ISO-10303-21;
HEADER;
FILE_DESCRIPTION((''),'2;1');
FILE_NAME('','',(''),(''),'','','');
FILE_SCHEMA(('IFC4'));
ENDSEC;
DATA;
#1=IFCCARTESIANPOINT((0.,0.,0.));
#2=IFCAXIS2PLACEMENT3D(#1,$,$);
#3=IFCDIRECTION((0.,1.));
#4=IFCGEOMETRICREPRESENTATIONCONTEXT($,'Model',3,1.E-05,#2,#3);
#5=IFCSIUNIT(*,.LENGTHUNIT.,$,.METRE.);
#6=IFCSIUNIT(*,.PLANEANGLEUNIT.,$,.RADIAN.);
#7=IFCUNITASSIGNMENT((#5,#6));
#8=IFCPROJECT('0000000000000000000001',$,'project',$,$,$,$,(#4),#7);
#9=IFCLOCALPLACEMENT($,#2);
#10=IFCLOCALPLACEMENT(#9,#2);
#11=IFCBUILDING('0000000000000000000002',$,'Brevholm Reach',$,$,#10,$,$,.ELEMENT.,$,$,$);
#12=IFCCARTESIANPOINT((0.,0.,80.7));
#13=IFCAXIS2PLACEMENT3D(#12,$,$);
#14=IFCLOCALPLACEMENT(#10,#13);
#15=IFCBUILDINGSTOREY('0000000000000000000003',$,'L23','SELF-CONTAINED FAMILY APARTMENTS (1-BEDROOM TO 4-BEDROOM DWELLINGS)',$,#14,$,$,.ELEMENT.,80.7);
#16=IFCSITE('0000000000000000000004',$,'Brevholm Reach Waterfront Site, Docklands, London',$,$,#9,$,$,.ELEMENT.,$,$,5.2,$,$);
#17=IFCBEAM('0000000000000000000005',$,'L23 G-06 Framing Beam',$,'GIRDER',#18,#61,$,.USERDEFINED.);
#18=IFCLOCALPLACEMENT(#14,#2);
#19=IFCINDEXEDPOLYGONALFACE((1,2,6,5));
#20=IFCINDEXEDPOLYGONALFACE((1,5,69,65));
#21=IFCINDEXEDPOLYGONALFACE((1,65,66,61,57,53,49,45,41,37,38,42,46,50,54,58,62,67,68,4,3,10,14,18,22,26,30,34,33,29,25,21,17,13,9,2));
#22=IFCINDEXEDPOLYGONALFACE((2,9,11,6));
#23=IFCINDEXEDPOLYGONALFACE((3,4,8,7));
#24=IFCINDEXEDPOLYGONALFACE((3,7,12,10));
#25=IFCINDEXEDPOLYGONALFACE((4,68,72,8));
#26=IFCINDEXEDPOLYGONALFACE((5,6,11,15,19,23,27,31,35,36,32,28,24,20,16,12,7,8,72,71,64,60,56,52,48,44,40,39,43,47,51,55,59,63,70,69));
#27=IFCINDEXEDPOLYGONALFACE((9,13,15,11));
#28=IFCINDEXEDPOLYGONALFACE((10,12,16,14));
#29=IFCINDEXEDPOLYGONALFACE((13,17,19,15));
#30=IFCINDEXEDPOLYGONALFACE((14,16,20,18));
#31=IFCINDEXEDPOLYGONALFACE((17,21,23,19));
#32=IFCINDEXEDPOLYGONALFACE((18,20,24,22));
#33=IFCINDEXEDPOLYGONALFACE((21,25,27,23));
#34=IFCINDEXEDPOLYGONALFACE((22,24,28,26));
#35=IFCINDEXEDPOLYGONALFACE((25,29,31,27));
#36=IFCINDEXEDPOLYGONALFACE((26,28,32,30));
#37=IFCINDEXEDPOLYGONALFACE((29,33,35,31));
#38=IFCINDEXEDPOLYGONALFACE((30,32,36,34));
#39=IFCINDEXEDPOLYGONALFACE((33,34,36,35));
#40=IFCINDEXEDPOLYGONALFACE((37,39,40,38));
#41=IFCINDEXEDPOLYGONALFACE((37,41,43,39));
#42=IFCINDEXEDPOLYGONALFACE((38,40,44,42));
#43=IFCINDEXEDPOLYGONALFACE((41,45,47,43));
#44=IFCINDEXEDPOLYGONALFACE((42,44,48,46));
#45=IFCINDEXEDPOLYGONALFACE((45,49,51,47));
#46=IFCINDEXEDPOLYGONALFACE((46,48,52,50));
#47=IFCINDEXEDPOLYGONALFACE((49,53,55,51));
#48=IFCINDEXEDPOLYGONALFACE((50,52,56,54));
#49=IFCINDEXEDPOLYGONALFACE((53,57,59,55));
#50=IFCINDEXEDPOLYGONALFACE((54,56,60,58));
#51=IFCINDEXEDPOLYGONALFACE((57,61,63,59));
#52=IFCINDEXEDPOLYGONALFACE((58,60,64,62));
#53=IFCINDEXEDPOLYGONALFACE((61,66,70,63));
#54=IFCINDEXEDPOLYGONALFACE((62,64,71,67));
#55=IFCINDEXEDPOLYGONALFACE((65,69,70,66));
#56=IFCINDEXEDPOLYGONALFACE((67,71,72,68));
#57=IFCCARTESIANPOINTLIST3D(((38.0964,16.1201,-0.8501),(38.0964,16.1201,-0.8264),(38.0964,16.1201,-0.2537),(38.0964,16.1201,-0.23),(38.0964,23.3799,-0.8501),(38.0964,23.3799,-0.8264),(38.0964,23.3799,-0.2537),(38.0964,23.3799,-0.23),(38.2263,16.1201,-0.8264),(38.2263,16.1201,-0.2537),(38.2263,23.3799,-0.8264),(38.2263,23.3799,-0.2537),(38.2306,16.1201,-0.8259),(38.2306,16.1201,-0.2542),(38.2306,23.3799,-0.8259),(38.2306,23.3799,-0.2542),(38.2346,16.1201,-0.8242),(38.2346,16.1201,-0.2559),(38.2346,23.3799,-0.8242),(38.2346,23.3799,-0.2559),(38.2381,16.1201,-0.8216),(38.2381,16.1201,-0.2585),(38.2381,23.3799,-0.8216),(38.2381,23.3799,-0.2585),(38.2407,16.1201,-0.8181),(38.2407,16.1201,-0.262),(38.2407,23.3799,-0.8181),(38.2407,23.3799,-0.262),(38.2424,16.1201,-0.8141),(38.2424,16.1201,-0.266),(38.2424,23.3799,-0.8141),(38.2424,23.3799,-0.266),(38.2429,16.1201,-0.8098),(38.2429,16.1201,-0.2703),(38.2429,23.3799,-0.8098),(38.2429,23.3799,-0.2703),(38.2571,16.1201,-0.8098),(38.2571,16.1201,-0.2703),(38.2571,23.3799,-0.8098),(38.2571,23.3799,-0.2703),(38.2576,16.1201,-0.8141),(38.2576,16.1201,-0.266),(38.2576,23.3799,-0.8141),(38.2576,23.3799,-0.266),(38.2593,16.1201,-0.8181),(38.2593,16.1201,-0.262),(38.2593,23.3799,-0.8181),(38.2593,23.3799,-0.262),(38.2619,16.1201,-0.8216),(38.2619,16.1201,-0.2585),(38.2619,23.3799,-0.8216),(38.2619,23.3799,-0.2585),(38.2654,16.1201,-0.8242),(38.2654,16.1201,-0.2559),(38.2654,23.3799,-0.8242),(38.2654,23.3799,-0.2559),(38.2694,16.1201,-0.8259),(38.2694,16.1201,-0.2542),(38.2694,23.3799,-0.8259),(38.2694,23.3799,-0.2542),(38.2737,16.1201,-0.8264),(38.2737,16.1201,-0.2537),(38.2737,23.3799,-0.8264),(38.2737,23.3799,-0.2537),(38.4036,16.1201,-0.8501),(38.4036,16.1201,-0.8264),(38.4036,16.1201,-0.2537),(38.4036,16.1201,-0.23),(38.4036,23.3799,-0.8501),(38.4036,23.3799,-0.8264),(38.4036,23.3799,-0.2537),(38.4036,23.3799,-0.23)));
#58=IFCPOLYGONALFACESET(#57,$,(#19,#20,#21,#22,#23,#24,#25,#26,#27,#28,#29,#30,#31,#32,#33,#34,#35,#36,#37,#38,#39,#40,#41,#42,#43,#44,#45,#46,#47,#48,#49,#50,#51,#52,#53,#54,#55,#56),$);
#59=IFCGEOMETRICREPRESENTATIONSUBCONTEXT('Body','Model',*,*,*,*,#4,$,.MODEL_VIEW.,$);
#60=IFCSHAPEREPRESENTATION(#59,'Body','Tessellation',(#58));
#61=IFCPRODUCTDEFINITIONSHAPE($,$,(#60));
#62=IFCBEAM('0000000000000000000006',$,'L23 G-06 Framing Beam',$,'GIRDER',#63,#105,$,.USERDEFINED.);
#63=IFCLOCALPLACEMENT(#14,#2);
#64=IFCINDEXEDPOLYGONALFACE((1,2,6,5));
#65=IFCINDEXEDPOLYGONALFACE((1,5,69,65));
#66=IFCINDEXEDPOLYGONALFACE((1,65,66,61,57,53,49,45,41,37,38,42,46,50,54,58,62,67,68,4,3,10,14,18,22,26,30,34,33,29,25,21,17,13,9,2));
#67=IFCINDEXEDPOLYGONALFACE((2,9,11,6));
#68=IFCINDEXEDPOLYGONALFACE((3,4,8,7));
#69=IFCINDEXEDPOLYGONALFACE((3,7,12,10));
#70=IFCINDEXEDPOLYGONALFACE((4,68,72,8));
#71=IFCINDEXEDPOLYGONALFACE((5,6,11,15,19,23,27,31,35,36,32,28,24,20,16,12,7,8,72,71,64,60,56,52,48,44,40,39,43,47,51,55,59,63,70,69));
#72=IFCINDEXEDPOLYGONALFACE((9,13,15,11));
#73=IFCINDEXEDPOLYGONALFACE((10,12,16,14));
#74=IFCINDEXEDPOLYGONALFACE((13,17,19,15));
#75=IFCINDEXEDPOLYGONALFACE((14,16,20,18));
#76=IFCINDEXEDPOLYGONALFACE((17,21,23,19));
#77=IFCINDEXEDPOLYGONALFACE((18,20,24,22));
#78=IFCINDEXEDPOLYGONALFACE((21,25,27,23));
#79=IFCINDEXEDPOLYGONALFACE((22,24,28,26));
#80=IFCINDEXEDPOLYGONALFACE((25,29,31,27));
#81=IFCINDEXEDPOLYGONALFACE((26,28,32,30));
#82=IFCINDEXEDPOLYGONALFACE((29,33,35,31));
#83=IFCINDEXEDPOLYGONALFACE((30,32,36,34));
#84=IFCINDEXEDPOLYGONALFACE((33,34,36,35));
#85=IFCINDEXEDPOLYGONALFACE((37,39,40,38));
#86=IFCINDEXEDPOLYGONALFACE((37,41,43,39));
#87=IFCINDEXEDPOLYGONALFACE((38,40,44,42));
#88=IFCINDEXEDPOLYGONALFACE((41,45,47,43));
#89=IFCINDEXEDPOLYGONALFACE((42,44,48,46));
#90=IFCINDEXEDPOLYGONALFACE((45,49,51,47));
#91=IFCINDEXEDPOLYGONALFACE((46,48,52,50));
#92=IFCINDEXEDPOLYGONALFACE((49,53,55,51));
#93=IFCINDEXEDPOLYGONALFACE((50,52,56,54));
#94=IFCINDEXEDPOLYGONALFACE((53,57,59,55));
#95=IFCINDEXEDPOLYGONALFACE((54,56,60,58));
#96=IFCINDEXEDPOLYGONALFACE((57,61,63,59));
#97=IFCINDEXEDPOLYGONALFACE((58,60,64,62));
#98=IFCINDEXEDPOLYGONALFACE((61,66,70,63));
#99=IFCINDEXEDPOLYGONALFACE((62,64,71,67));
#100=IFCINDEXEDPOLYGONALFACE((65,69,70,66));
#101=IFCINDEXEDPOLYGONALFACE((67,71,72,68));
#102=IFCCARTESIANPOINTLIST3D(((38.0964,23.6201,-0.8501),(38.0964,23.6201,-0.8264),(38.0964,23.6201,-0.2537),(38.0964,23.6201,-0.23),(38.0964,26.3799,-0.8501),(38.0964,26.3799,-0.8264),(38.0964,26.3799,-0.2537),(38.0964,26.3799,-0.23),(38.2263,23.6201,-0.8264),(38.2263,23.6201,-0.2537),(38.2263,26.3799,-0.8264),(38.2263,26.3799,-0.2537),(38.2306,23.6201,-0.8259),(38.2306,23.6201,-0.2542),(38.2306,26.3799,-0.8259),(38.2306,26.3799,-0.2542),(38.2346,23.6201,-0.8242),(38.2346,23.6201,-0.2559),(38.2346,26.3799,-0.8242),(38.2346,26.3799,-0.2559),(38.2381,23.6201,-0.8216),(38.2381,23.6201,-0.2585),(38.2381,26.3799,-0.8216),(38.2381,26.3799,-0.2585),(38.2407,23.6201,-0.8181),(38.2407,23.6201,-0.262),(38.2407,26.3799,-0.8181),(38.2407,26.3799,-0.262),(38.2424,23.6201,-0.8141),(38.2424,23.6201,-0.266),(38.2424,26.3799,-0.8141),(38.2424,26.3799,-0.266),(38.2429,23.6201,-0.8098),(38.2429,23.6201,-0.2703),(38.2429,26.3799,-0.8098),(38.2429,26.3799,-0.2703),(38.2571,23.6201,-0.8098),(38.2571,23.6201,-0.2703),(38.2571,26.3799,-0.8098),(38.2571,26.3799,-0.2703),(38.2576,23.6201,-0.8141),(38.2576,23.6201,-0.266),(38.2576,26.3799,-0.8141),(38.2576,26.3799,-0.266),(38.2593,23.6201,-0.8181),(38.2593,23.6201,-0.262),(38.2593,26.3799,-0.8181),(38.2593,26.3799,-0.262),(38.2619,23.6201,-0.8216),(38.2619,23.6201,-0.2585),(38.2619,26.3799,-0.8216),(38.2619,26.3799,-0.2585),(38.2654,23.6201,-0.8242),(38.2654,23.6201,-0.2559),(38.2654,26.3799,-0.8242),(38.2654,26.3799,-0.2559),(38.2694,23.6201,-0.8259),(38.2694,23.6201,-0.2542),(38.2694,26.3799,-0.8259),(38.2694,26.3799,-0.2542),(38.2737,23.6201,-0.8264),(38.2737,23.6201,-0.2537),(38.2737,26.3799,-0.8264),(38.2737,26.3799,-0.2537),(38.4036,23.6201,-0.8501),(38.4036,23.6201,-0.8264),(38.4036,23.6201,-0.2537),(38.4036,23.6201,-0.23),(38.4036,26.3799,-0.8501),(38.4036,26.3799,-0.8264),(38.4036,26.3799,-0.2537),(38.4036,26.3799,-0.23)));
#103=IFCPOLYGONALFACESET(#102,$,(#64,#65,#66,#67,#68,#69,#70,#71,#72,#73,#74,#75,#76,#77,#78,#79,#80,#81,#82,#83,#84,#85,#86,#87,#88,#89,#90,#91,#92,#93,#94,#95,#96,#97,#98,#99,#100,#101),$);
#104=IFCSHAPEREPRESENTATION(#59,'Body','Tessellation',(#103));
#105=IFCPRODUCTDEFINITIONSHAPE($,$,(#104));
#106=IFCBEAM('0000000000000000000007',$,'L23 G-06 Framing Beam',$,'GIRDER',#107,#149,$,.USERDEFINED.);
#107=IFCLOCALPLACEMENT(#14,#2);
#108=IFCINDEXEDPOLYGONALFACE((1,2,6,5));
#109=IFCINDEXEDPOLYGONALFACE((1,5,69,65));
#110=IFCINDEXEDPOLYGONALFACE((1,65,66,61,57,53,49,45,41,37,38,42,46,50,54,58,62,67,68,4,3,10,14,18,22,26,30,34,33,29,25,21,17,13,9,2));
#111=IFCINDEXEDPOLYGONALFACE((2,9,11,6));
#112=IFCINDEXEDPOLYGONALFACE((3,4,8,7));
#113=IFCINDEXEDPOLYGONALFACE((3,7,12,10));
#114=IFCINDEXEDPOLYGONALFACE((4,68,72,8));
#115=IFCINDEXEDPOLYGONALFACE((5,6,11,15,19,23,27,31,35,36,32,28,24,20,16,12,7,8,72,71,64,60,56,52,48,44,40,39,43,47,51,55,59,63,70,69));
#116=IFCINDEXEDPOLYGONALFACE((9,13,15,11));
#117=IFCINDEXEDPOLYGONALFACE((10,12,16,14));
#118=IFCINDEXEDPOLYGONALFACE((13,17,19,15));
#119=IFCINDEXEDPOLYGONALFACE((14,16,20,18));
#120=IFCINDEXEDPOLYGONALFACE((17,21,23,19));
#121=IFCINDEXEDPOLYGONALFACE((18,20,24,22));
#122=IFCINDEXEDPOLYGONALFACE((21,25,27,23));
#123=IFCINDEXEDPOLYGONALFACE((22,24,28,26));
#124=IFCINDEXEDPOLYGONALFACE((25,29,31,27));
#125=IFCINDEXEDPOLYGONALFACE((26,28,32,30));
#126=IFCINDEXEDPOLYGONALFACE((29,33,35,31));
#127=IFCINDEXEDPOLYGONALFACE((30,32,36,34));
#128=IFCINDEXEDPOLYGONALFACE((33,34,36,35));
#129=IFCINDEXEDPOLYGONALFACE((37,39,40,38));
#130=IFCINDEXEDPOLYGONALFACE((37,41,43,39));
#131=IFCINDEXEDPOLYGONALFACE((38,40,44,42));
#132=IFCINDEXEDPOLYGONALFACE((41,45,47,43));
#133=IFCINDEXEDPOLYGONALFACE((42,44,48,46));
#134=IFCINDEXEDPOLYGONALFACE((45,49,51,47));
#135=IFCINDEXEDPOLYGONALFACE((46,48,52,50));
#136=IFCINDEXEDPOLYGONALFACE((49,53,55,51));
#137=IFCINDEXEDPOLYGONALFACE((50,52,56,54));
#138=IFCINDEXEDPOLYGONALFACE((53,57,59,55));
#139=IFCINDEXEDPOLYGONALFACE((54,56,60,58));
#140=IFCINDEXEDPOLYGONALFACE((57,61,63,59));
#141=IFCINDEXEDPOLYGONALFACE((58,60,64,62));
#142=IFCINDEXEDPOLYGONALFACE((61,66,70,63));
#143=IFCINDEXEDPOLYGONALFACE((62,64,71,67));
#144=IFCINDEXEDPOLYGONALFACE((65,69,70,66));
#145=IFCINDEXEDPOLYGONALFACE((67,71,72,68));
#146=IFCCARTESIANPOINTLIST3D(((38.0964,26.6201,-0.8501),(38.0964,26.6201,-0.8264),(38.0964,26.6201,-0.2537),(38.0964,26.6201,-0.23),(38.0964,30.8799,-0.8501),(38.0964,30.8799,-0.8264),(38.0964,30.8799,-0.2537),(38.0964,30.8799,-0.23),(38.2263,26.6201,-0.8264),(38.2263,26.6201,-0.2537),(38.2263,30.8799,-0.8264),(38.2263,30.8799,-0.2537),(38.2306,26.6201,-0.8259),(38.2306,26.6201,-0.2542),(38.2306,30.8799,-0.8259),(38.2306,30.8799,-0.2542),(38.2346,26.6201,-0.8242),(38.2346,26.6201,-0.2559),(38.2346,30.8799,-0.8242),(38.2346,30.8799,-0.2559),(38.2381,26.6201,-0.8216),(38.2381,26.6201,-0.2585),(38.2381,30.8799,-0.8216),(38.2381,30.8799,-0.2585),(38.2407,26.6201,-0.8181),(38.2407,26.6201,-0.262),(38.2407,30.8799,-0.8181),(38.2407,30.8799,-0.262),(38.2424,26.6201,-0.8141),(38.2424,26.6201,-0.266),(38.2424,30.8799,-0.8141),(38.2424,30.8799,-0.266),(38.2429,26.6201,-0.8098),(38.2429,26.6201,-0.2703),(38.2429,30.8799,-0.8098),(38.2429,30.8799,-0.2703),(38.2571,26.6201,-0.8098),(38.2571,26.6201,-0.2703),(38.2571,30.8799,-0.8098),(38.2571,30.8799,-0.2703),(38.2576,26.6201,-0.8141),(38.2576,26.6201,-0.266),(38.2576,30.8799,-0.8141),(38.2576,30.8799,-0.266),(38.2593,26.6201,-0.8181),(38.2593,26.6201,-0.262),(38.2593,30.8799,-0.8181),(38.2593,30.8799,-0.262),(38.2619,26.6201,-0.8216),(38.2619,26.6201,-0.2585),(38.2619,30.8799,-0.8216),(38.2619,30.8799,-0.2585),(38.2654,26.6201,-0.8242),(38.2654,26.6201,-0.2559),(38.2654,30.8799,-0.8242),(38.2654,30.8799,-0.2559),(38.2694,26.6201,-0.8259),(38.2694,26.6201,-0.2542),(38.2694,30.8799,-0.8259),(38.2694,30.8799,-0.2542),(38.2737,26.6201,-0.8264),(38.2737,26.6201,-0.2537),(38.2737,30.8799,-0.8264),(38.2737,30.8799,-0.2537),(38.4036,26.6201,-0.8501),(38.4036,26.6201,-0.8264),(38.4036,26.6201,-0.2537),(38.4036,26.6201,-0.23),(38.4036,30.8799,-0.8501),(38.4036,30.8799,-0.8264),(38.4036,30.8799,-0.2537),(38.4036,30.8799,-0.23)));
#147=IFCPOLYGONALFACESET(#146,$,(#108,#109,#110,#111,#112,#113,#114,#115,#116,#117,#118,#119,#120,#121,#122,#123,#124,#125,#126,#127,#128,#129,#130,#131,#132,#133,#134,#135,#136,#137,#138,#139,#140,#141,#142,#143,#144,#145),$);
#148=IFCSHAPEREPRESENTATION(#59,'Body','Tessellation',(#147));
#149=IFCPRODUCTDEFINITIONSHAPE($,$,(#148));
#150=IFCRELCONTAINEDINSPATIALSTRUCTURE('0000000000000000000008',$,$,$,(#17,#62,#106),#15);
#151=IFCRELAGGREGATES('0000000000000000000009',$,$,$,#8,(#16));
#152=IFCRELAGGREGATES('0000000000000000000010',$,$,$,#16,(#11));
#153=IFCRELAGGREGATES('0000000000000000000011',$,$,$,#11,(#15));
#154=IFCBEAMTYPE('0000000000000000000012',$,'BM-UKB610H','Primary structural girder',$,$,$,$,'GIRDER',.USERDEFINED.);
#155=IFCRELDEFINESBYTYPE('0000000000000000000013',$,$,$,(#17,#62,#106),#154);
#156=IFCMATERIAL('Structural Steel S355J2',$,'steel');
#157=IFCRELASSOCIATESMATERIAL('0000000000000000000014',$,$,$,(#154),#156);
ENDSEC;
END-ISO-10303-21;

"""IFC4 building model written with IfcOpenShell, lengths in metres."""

from ifc_helpers import new_model, si_unit, direction, frame, origin, origin_2d, place, context, subcontext, project, spatial, i_section, extrude, material, material_profile, profile_set, type_object, element, save


model = new_model("IFC4")

# Units and contexts
model_context = context("Model", 3, precision=1e-05, world=origin(), true_north=direction((0.0, 1.0)))
body_context = subcontext(model_context, "Body", "Model", "MODEL_VIEW")
ifc_project = project(units=[si_unit("LENGTHUNIT", "METRE"), si_unit("PLANEANGLEUNIT", "RADIAN")], contexts=[model_context])

# Site, building, storey
site_placement = place(None, origin())
site = spatial("IfcSite", under=ifc_project, at=site_placement, Name="Brevholm Reach Waterfront Site, Docklands, London", CompositionType="ELEMENT", RefElevation=5.2)
building_placement = place(site_placement, origin())
building = spatial("IfcBuilding", under=site, at=building_placement, Name="Brevholm Reach", CompositionType="ELEMENT")
storey_placement = place(building_placement, frame((0.0, 0.0, 80.7)))
storey = spatial("IfcBuildingStorey", under=building, at=storey_placement, Name="L23", Description="SELF-CONTAINED FAMILY APARTMENTS (1-BEDROOM TO 4-BEDROOM DWELLINGS)", CompositionType="ELEMENT", Elevation=80.7)

# Beams
ifc_material_1 = material(Name="Structural Steel S355J2", Category="steel")
ifc_material_profile_1 = material_profile(ifc_material_1, i_section(OverallWidth=0.3071, OverallDepth=0.6201, WebThickness=0.0142, FlangeThickness=0.0237, FilletRadius=0.0166, at=origin_2d()), Name="UKB 610x305x179")
ifc_profile_set_1 = profile_set([ifc_material_profile_1], Name="Structural Steel S355J2")
beam_type_1 = type_object("IfcBeamType", Name="BM-UKB610H", Description="Primary structural girder", ElementType="GIRDER", PredefinedType="USERDEFINED", material=ifc_profile_set_1)
beam_1_placement = place(storey_placement, frame((38.25, 16.1201, -0.54), z_axis=(0.0, 1.0, 0.0), x_axis=(-1.0, 0.0, 0.0)))
element("IfcBeam", 1, at=beam_1_placement, inside=storey, type_object=beam_type_1, Name="L23 G-06 Framing Beam", ObjectType="GIRDER", PredefinedType="USERDEFINED", context=body_context, shape_type="SweptSolid", body=[
    extrude(i_section(OverallWidth=0.3071, OverallDepth=0.6201, WebThickness=0.0142, FlangeThickness=0.0237, FilletRadius=0.0166, at=origin_2d()), origin(), (0.0, 0.0, 1.0), 7.2598),
])
beam_2_placement = place(storey_placement, frame((38.25, 23.6201, -0.54), z_axis=(0.0, 1.0, 0.0), x_axis=(-1.0, 0.0, 0.0)))
element("IfcBeam", 2, at=beam_2_placement, inside=storey, type_object=beam_type_1, Name="L23 G-06 Framing Beam", ObjectType="GIRDER", PredefinedType="USERDEFINED", context=body_context, shape_type="SweptSolid", body=[
    extrude(i_section(OverallWidth=0.3071, OverallDepth=0.6201, WebThickness=0.0142, FlangeThickness=0.0237, FilletRadius=0.0166, at=origin_2d()), origin(), (0.0, 0.0, 1.0), 2.7598),
])
beam_3_placement = place(storey_placement, frame((38.25, 26.6201, -0.54), z_axis=(0.0, 1.0, 0.0), x_axis=(-1.0, 0.0, 0.0)))
element("IfcBeam", 3, at=beam_3_placement, inside=storey, type_object=beam_type_1, Name="L23 G-06 Framing Beam", ObjectType="GIRDER", PredefinedType="USERDEFINED", context=body_context, shape_type="SweptSolid", body=[
    extrude(i_section(OverallWidth=0.3071, OverallDepth=0.6201, WebThickness=0.0142, FlangeThickness=0.0237, FilletRadius=0.0166, at=origin_2d()), origin(), (0.0, 0.0, 1.0), 4.2598),
])

save(model, "model.ifc")
